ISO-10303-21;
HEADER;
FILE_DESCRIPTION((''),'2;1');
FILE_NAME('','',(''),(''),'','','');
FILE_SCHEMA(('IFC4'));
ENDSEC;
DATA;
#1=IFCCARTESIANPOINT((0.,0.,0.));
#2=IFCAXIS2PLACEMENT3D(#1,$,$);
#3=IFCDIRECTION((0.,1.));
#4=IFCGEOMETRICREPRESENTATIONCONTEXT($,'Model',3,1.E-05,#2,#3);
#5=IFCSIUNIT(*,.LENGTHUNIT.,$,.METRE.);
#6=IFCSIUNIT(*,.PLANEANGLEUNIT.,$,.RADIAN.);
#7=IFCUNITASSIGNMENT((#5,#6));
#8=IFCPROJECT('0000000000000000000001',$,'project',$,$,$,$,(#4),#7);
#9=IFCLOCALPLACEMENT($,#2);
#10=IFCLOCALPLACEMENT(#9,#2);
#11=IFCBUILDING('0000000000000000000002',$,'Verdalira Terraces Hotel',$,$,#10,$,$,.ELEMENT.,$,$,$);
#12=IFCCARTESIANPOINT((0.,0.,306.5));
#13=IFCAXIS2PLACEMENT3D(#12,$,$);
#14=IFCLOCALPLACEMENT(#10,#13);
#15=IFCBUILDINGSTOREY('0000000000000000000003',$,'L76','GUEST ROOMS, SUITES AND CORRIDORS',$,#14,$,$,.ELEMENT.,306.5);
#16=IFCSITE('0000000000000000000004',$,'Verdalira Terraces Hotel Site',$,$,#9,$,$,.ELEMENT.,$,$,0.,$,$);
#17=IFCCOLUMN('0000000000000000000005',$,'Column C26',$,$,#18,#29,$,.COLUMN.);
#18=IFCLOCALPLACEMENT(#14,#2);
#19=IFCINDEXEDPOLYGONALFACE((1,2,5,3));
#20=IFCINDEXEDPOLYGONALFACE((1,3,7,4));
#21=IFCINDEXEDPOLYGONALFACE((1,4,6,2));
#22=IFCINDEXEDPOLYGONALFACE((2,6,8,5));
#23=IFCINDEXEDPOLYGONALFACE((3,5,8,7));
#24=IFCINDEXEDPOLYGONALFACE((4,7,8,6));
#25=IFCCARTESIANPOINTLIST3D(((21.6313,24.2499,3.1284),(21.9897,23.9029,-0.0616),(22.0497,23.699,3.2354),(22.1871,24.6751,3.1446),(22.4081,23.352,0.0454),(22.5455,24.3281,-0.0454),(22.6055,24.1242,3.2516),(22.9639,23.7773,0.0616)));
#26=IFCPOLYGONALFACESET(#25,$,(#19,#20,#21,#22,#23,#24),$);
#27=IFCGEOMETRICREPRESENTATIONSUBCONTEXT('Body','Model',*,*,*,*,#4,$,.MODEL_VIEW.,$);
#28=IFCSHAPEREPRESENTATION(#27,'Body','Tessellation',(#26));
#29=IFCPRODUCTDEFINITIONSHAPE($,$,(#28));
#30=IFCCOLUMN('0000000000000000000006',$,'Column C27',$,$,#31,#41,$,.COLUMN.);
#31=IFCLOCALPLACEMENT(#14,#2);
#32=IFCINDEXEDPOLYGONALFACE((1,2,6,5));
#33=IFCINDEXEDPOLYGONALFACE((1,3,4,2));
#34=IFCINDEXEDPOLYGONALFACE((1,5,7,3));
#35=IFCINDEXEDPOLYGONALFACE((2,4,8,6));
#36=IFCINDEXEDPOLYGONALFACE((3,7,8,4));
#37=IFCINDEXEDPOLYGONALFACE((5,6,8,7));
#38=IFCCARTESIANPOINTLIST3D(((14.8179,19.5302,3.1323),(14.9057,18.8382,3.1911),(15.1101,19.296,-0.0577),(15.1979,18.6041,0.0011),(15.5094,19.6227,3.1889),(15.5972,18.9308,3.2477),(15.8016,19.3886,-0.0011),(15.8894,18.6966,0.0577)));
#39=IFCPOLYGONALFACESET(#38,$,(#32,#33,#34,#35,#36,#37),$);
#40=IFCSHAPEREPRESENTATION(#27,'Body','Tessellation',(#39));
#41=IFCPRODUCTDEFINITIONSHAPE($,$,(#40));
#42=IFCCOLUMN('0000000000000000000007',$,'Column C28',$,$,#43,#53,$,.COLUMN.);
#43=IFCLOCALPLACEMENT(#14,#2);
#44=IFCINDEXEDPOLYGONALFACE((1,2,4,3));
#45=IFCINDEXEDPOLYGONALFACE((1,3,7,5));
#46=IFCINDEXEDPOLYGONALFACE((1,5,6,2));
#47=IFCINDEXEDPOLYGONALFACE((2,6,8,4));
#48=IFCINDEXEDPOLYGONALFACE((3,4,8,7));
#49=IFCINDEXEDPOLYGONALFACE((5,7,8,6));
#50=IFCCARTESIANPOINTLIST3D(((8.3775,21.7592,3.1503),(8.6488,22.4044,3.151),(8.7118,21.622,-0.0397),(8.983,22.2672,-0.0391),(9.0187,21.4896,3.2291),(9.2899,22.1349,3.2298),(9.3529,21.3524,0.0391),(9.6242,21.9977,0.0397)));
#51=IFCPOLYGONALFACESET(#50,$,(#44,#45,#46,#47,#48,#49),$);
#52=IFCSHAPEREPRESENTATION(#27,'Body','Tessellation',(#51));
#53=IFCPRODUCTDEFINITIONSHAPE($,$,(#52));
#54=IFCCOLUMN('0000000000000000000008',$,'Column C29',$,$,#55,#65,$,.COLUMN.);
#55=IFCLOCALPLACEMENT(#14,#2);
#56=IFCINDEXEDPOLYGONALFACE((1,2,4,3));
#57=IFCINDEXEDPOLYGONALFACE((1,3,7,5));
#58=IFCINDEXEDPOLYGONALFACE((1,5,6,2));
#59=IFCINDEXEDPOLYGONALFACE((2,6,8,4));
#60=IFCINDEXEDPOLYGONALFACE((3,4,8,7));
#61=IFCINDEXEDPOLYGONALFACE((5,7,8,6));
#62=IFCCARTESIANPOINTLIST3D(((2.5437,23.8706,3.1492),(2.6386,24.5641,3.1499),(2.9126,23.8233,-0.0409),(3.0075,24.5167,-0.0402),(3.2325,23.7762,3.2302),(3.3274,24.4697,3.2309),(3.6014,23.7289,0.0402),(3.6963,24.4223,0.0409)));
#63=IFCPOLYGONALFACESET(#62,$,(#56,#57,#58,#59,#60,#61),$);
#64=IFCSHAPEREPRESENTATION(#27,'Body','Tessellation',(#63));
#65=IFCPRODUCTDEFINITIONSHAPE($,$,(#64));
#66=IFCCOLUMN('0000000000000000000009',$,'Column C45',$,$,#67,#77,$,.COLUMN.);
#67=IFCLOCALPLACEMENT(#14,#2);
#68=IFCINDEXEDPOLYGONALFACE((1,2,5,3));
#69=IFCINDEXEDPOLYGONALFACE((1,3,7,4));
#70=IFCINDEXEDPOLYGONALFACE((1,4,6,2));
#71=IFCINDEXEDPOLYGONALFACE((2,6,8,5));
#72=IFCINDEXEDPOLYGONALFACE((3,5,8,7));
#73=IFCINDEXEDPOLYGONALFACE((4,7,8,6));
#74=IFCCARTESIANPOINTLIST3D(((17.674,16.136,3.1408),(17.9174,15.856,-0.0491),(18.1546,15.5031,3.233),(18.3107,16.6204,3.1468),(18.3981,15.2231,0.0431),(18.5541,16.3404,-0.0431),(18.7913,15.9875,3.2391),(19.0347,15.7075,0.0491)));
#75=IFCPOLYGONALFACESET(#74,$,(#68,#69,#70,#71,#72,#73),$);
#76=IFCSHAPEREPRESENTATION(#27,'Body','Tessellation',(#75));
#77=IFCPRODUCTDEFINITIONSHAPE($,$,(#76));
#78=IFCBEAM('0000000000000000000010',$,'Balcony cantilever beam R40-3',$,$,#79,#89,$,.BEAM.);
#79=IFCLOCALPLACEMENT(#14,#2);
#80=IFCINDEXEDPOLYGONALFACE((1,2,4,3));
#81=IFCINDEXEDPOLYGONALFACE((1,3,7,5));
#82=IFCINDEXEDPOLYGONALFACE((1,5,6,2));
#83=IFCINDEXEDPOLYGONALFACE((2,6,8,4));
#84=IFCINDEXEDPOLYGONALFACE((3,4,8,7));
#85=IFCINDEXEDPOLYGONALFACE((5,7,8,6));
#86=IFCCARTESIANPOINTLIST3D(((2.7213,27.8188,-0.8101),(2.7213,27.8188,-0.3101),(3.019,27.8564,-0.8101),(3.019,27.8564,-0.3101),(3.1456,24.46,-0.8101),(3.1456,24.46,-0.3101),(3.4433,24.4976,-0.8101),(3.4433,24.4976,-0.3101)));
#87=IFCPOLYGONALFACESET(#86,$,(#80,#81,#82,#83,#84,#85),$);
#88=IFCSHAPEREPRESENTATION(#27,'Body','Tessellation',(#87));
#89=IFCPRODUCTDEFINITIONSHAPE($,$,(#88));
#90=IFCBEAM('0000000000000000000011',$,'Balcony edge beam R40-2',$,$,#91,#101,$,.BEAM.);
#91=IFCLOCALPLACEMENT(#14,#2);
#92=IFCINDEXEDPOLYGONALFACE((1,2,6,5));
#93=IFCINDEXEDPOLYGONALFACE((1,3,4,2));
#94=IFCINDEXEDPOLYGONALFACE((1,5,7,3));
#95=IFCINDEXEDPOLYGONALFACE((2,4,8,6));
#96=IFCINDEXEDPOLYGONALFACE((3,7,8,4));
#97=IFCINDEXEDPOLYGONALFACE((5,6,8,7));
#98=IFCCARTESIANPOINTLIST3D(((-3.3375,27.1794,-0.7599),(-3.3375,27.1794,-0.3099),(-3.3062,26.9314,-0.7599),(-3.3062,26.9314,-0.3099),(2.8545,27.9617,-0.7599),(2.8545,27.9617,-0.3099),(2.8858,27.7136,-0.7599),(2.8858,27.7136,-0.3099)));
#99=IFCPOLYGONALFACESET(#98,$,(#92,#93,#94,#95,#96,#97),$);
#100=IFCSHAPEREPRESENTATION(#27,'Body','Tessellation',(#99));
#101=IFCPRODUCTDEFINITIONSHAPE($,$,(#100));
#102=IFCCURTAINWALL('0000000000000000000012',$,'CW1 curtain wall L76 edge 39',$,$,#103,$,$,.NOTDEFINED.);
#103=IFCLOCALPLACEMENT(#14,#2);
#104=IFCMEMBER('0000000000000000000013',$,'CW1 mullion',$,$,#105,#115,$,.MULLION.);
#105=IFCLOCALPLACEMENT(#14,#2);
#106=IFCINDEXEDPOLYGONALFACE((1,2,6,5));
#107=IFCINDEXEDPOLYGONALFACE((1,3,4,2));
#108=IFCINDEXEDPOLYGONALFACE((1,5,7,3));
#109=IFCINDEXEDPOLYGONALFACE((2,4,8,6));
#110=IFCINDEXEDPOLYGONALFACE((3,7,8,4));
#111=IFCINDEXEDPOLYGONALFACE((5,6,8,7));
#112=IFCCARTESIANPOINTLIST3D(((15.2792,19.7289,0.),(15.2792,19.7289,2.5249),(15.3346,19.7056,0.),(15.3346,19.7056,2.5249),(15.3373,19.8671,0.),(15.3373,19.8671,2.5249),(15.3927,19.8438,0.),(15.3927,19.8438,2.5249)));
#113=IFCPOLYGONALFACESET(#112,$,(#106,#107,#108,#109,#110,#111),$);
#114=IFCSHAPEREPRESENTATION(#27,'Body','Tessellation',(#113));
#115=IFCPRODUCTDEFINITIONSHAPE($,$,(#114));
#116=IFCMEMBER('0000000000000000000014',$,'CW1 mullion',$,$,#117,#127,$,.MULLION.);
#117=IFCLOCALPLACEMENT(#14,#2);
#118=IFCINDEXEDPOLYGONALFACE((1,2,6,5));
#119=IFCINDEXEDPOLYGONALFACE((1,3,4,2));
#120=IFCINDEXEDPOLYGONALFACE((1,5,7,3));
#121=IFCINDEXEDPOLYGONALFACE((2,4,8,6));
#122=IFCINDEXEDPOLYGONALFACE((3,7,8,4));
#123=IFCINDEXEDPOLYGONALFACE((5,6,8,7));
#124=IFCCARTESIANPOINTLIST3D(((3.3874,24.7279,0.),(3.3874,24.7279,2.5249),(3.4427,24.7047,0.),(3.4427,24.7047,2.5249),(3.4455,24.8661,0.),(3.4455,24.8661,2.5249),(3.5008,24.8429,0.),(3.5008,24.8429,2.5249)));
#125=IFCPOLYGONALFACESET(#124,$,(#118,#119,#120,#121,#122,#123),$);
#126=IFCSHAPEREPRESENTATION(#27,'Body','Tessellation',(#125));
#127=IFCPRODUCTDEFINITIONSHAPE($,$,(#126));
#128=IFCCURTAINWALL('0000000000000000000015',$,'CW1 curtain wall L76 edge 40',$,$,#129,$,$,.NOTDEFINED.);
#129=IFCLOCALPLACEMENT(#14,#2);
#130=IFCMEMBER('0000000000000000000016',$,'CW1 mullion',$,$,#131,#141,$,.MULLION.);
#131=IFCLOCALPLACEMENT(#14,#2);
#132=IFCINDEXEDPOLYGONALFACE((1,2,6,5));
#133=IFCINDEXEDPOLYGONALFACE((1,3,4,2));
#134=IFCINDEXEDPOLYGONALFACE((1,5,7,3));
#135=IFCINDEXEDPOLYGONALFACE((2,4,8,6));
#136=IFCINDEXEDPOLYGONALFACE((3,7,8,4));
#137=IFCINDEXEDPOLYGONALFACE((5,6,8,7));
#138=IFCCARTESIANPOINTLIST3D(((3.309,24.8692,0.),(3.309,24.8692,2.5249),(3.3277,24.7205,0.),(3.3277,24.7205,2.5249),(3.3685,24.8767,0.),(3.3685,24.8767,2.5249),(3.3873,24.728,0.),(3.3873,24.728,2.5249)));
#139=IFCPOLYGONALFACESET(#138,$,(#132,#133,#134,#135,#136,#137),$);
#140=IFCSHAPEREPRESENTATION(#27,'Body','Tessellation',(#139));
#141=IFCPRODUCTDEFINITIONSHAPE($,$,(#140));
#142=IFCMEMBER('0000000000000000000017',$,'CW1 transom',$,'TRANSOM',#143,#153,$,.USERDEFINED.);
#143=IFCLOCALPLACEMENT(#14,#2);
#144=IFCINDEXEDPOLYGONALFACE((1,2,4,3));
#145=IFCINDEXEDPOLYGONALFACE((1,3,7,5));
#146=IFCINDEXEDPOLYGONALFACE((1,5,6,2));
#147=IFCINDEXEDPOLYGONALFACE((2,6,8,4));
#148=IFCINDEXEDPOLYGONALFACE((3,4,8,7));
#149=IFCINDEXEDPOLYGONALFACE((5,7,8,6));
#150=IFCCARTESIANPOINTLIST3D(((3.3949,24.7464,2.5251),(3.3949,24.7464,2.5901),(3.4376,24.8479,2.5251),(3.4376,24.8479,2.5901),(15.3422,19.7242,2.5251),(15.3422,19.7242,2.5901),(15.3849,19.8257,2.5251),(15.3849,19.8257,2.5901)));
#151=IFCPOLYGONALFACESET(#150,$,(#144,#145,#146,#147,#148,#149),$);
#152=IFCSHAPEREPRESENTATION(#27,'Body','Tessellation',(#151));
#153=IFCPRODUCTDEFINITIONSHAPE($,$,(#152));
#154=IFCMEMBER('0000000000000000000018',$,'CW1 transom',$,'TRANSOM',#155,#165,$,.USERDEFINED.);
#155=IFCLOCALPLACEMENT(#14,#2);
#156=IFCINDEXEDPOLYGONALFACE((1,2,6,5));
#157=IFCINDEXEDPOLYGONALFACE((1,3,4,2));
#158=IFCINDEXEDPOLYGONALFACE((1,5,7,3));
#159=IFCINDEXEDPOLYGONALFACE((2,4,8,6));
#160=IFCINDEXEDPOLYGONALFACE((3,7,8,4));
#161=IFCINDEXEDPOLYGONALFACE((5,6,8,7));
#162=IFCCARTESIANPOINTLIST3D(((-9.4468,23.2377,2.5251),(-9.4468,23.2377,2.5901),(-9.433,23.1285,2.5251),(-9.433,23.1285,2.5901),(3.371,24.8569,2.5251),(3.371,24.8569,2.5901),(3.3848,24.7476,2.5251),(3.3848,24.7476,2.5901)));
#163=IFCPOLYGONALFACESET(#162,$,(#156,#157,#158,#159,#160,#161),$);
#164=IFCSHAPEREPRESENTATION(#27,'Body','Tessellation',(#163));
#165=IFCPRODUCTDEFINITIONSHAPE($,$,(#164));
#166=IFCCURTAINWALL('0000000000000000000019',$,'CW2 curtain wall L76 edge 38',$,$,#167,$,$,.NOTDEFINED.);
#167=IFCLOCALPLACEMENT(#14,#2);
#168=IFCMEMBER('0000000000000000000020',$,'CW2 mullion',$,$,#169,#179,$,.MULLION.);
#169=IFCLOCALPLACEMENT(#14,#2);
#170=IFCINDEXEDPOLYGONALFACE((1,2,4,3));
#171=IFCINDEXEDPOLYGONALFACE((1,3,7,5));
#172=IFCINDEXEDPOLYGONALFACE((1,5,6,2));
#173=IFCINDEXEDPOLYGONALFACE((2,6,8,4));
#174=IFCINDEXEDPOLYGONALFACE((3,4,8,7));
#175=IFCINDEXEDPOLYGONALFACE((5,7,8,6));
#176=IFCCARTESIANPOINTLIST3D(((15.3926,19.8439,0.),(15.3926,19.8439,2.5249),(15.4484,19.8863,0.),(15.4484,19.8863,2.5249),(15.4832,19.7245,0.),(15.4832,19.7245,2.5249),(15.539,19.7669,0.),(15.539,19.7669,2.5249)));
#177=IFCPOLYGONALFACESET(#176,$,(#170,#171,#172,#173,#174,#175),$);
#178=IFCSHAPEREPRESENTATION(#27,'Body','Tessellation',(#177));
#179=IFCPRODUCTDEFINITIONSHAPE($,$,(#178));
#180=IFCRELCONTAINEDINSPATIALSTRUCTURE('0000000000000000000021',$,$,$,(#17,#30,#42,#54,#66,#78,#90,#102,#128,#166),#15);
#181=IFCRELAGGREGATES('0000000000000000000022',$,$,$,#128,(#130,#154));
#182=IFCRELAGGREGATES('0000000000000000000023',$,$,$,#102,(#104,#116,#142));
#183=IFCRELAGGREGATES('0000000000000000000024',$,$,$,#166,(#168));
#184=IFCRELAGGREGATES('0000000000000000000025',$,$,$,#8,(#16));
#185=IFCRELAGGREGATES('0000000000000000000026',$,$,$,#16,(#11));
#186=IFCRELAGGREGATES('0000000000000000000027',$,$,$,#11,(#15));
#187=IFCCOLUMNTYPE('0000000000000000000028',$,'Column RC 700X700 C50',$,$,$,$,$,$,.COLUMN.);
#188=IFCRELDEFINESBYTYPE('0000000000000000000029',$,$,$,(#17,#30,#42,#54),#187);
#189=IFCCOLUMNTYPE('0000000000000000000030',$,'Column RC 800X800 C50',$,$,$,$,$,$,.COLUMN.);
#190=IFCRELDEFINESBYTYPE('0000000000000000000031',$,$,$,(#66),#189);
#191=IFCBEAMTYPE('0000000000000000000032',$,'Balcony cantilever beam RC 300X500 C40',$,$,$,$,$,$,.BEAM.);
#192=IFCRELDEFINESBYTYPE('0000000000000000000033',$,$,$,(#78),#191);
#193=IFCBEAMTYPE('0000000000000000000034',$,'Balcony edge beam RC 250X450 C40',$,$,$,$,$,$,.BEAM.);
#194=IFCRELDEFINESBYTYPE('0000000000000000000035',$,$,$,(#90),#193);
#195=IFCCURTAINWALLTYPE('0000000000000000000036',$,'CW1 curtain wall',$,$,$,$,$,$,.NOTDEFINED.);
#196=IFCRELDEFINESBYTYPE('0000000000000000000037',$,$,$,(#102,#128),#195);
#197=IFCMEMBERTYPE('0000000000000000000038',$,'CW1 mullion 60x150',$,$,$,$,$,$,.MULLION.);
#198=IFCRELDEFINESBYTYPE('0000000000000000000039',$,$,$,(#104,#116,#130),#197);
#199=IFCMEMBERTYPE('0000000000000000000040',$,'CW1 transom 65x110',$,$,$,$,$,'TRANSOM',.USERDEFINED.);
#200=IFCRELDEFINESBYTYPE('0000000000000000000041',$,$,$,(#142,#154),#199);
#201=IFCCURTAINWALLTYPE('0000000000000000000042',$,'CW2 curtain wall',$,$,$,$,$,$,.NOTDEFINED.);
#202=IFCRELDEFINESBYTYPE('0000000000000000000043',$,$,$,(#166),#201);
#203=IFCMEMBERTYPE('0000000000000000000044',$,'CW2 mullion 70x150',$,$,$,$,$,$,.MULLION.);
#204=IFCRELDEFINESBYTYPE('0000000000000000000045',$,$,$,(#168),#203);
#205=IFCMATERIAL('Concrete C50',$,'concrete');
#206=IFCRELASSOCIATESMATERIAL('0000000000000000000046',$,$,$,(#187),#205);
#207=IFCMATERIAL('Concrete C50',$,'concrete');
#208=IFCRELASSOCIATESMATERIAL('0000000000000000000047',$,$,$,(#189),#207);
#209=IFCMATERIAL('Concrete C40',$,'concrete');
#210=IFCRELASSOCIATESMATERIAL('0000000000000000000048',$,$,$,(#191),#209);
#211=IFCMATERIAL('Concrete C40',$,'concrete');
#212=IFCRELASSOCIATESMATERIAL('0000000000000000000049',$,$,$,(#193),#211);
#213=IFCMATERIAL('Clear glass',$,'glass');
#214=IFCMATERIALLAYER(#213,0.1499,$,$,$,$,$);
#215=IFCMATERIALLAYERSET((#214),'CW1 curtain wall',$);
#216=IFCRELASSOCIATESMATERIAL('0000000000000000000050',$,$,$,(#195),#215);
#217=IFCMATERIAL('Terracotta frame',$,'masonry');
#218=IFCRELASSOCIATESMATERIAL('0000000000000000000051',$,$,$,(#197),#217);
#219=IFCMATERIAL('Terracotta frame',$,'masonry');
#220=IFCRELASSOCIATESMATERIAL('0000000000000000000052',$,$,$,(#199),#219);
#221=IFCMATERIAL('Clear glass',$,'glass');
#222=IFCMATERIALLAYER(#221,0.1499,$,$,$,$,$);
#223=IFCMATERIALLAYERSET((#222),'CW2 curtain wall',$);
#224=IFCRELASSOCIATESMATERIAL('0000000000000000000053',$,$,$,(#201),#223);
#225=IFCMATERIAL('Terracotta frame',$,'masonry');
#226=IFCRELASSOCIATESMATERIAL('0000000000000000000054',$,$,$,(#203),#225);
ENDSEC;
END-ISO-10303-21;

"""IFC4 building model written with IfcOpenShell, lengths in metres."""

from ifc_helpers import new_model, si_unit, direction, frame, origin, origin_2d, place, context, subcontext, project, spatial, rectangle, extrude, material, layer, layer_set, material_profile, profile_set, type_object, element, aggregate, save


model = new_model("IFC4")

# Units and contexts
model_context = context("Model", 3, precision=1e-05, world=origin(), true_north=direction((0.0, 1.0)))
body_context = subcontext(model_context, "Body", "Model", "MODEL_VIEW")
ifc_project = project(units=[si_unit("LENGTHUNIT", "METRE"), si_unit("PLANEANGLEUNIT", "RADIAN")], contexts=[model_context])

# Site, building, storey
site_placement = place(None, origin())
site = spatial("IfcSite", under=ifc_project, at=site_placement, Name="Verdalira Terraces Hotel Site", CompositionType="ELEMENT", RefElevation=0.0)
building_placement = place(site_placement, origin())
building = spatial("IfcBuilding", under=site, at=building_placement, Name="Verdalira Terraces Hotel", CompositionType="ELEMENT")
storey_placement = place(building_placement, frame((0.0, 0.0, 306.5)))
storey = spatial("IfcBuildingStorey", under=building, at=storey_placement, Name="L76", Description="GUEST ROOMS, SUITES AND CORRIDORS", CompositionType="ELEMENT", Elevation=306.5)

# Columns
ifc_material_1 = material(Name="Concrete C50", Category="concrete")
ifc_material_profile_1 = material_profile(ifc_material_1, rectangle(XDim=0.7, YDim=0.7, at=origin_2d()), Name="RC 700X700")
ifc_profile_set_1 = profile_set([ifc_material_profile_1], Name="Concrete C50")
column_type_1 = type_object("IfcColumnType", Name="Column RC 700X700 C50", PredefinedType="COLUMN", material=ifc_profile_set_1)
column_1_placement = place(storey_placement, frame((22.4768, 23.8401, 0.0), z_axis=(-0.111004, 0.10745, 0.987994), x_axis=(-0.793992, -0.607488, -0.023139)))
element("IfcColumn", 1, at=column_1_placement, inside=storey, type_object=column_type_1, Name="Column C26", PredefinedType="COLUMN", context=body_context, shape_type="SweptSolid", body=[
    extrude(rectangle(XDim=0.7, YDim=0.7, at=origin_2d()), origin(), (0.0, 0.0, 1.0), 3.2288),
])
column_2_placement = place(storey_placement, frame((15.4998, 18.9963, 0.0), z_axis=(-0.090987, 0.072896, 0.993181), x_axis=(0.987921, 0.132224, 0.0808)))
element("IfcColumn", 2, at=column_2_placement, inside=storey, type_object=column_type_1, Name="Column C27", PredefinedType="COLUMN", context=body_context, shape_type="SweptSolid", body=[
    extrude(rectangle(XDim=0.7, YDim=0.7, at=origin_2d()), origin(), (0.0, 0.0, 1.0), 3.2119),
])
column_3_placement = place(storey_placement, frame((9.168, 21.8098, 0.0), z_axis=(-0.10411, 0.042739, 0.993647), x_axis=(-0.915972, 0.385138, -0.112537)))
element("IfcColumn", 3, at=column_3_placement, inside=storey, type_object=column_type_1, Name="Column C28", PredefinedType="COLUMN", context=body_context, shape_type="SweptSolid", body=[
    extrude(rectangle(XDim=0.7, YDim=0.7, at=origin_2d()), origin(), (0.0, 0.0, 1.0), 3.2104),
])
column_4_placement = place(storey_placement, frame((3.3044, 24.1228, 0.0), z_axis=(-0.114866, 0.014748, 0.993272), x_axis=(0.984076, -0.13485, 0.115804)))
element("IfcColumn", 4, at=column_4_placement, inside=storey, type_object=column_type_1, Name="Column C29", PredefinedType="COLUMN", context=body_context, shape_type="SweptSolid", body=[
    extrude(rectangle(XDim=0.7, YDim=0.7, at=origin_2d()), origin(), (0.0, 0.0, 1.0), 3.2117),
])
ifc_material_2 = material(Name="Concrete C50", Category="concrete")
ifc_material_profile_2 = material_profile(ifc_material_2, rectangle(XDim=0.8, YDim=0.8, at=origin_2d()), Name="RC 800X800")
ifc_profile_set_2 = profile_set([ifc_material_profile_2], Name="Concrete C50")
column_type_2 = type_object("IfcColumnType", Name="Column RC 800X800 C50", PredefinedType="COLUMN", material=ifc_profile_set_2)
column_5_placement = place(storey_placement, frame((18.4761, 15.7817, 0.0), z_axis=(-0.075794, 0.087197, 0.993304), x_axis=(0.795817, 0.60549, 0.007572)))
element("IfcColumn", 5, at=column_5_placement, inside=storey, type_object=column_type_2, Name="Column C45", PredefinedType="COLUMN", context=body_context, shape_type="SweptSolid", body=[
    extrude(rectangle(XDim=0.8, YDim=0.8, at=origin_2d()), origin(), (0.0, 0.0, 1.0), 3.2114),
])

# Beams
ifc_material_3 = material(Name="Concrete C40", Category="concrete")
ifc_material_profile_3 = material_profile(ifc_material_3, rectangle(XDim=0.3, YDim=0.5, at=origin_2d()), Name="RC 300X500")
ifc_profile_set_3 = profile_set([ifc_material_profile_3], Name="Concrete C40")
beam_type_1 = type_object("IfcBeamType", Name="Balcony cantilever beam RC 300X500 C40", PredefinedType="BEAM", material=ifc_profile_set_3)
beam_1_placement = place(storey_placement, frame((3.2944, 24.4788, -0.5601), z_axis=(-0.12533, 0.992115, 0.0), x_axis=(-0.992115, -0.12533, 0.0)))
element("IfcBeam", 6, at=beam_1_placement, inside=storey, type_object=beam_type_1, Name="Balcony cantilever beam R40-3", PredefinedType="BEAM", context=body_context, shape_type="SweptSolid", body=[
    extrude(rectangle(XDim=0.3, YDim=0.5, at=origin_2d()), origin(), (0.0, 0.0, 1.0), 3.3855),
])
ifc_material_4 = material(Name="Concrete C40", Category="concrete")
ifc_material_profile_4 = material_profile(ifc_material_4, rectangle(XDim=0.25, YDim=0.45, at=origin_2d()), Name="RC 250X450")
ifc_profile_set_4 = profile_set([ifc_material_profile_4], Name="Concrete C40")
beam_type_2 = type_object("IfcBeamType", Name="Balcony edge beam RC 250X450 C40", PredefinedType="BEAM", material=ifc_profile_set_4)
beam_2_placement = place(storey_placement, frame((2.8701, 27.8376, -0.5349), z_axis=(-0.992115, -0.125335, 0.0), x_axis=(0.125335, -0.992115, 0.0)))
element("IfcBeam", 7, at=beam_2_placement, inside=storey, type_object=beam_type_2, Name="Balcony edge beam R40-2", PredefinedType="BEAM", context=body_context, shape_type="SweptSolid", body=[
    extrude(rectangle(XDim=0.25, YDim=0.45, at=origin_2d()), origin(), (0.0, 0.0, 1.0), 6.2412),
])

# Curtain wall, members
ifc_material_5 = material(Name="Clear glass", Category="glass")
ifc_layer_1 = layer(ifc_material_5, 0.1499)
ifc_layer_set_1 = layer_set([ifc_layer_1], Name="CW1 curtain wall")
curtain_wall_type_1 = type_object("IfcCurtainWallType", Name="CW1 curtain wall", PredefinedType="NOTDEFINED", material=ifc_layer_set_1)
curtain_wall_1_placement = place(storey_placement, origin())
curtain_wall_1 = element("IfcCurtainWall", 8, at=curtain_wall_1_placement, inside=storey, type_object=curtain_wall_type_1, Name="CW1 curtain wall L76 edge 39", PredefinedType="NOTDEFINED")
ifc_material_6 = material(Name="Terracotta frame", Category="masonry")
ifc_material_profile_5 = material_profile(ifc_material_6, rectangle(XDim=0.0601, YDim=0.1499, at=origin_2d()), Name="MU 60x150")
ifc_profile_set_5 = profile_set([ifc_material_profile_5], Name="Terracotta frame")
member_type_1 = type_object("IfcMemberType", Name="CW1 mullion 60x150", PredefinedType="MULLION", material=ifc_profile_set_5)
member_1_placement = place(storey_placement, frame((15.3359, 19.7864, 0.0), z_axis=(0.0, 0.0, 1.0), x_axis=(-0.921863, 0.387516, 0.0)))
member_1 = element("IfcMember", 9, at=member_1_placement, type_object=member_type_1, Name="CW1 mullion", PredefinedType="MULLION", context=body_context, shape_type="SweptSolid", body=[
    extrude(rectangle(XDim=0.0601, YDim=0.1499, at=origin_2d()), origin(), (0.0, 0.0, 1.0), 2.5249),
])
member_2_placement = place(storey_placement, frame((3.4441, 24.7854, 0.0), z_axis=(0.0, 0.0, 1.0), x_axis=(-0.921863, 0.387516, 0.0)))
member_2 = element("IfcMember", 10, at=member_2_placement, type_object=member_type_1, Name="CW1 mullion", PredefinedType="MULLION", context=body_context, shape_type="SweptSolid", body=[
    extrude(rectangle(XDim=0.0601, YDim=0.1499, at=origin_2d()), origin(), (0.0, 0.0, 1.0), 2.5249),
])

# Curtain wall, member
curtain_wall_2_placement = place(storey_placement, origin())
curtain_wall_2 = element("IfcCurtainWall", 11, at=curtain_wall_2_placement, inside=storey, type_object=curtain_wall_type_1, Name="CW1 curtain wall L76 edge 40", PredefinedType="NOTDEFINED")
member_3_placement = place(storey_placement, frame((3.3481, 24.7986, 0.0), z_axis=(0.0, 0.0, 1.0), x_axis=(-0.992115, -0.125333, 0.0)))
member_3 = element("IfcMember", 12, at=member_3_placement, type_object=member_type_1, Name="CW1 mullion", PredefinedType="MULLION", context=body_context, shape_type="SweptSolid", body=[
    extrude(rectangle(XDim=0.0601, YDim=0.1499, at=origin_2d()), origin(), (0.0, 0.0, 1.0), 2.5249),
])

# Members
ifc_material_7 = material(Name="Terracotta frame", Category="masonry")
ifc_material_profile_6 = material_profile(ifc_material_7, rectangle(XDim=0.1101, YDim=0.0649, at=origin_2d()), Name="TR 65x110")
ifc_profile_set_6 = profile_set([ifc_material_profile_6], Name="Terracotta frame")
member_type_2 = type_object("IfcMemberType", Name="CW1 transom 65x110", ElementType="TRANSOM", PredefinedType="USERDEFINED", material=ifc_profile_set_6)
member_4_placement = place(storey_placement, frame((15.3635, 19.7749, 2.5576), z_axis=(-0.921862, 0.387519, 0.0), x_axis=(-0.387519, -0.921862, 0.0)))
member_4 = element("IfcMember", 13, at=member_4_placement, type_object=member_type_2, Name="CW1 transom", ObjectType="TRANSOM", PredefinedType="USERDEFINED", context=body_context, shape_type="SweptSolid", body=[
    extrude(rectangle(XDim=0.1101, YDim=0.0649, at=origin_2d()), origin(), (0.0, 0.0, 1.0), 12.96),
])
member_5_placement = place(storey_placement, frame((3.3779, 24.8022, 2.5576), z_axis=(-0.992116, -0.125323, 0.0), x_axis=(0.125323, -0.992116, 0.0)))
member_5 = element("IfcMember", 14, at=member_5_placement, type_object=member_type_2, Name="CW1 transom", ObjectType="TRANSOM", PredefinedType="USERDEFINED", context=body_context, shape_type="SweptSolid", body=[
    extrude(rectangle(XDim=0.1101, YDim=0.0649, at=origin_2d()), origin(), (0.0, 0.0, 1.0), 12.9197),
])
aggregate(curtain_wall_2, [member_3, member_5])

# Curtain wall, member
ifc_material_8 = material(Name="Clear glass", Category="glass")
ifc_layer_2 = layer(ifc_material_8, 0.1499)
ifc_layer_set_2 = layer_set([ifc_layer_2], Name="CW2 curtain wall")
curtain_wall_type_2 = type_object("IfcCurtainWallType", Name="CW2 curtain wall", PredefinedType="NOTDEFINED", material=ifc_layer_set_2)
curtain_wall_3_placement = place(storey_placement, origin())
curtain_wall_3 = element("IfcCurtainWall", 15, at=curtain_wall_3_placement, inside=storey, type_object=curtain_wall_type_2, Name="CW2 curtain wall L76 edge 38", PredefinedType="NOTDEFINED")
ifc_material_9 = material(Name="Terracotta frame", Category="masonry")
ifc_material_profile_7 = material_profile(ifc_material_9, rectangle(XDim=0.0701, YDim=0.1499, at=origin_2d()), Name="MU 70x150")
ifc_profile_set_7 = profile_set([ifc_material_profile_7], Name="Terracotta frame")
member_type_3 = type_object("IfcMemberType", Name="CW2 mullion 70x150", PredefinedType="MULLION", material=ifc_profile_set_7)
member_6_placement = place(storey_placement, frame((15.4658, 19.8054, 0.0), z_axis=(0.0, 0.0, 1.0), x_axis=(-0.79653, -0.604599, 0.0)))
member_6 = element("IfcMember", 16, at=member_6_placement, type_object=member_type_3, Name="CW2 mullion", PredefinedType="MULLION", context=body_context, shape_type="SweptSolid", body=[
    extrude(rectangle(XDim=0.0701, YDim=0.1499, at=origin_2d()), origin(), (0.0, 0.0, 1.0), 2.5249),
])

aggregate(curtain_wall_1, [member_1, member_2, member_4])
aggregate(curtain_wall_3, [member_6])

save(model, "model.ifc")
